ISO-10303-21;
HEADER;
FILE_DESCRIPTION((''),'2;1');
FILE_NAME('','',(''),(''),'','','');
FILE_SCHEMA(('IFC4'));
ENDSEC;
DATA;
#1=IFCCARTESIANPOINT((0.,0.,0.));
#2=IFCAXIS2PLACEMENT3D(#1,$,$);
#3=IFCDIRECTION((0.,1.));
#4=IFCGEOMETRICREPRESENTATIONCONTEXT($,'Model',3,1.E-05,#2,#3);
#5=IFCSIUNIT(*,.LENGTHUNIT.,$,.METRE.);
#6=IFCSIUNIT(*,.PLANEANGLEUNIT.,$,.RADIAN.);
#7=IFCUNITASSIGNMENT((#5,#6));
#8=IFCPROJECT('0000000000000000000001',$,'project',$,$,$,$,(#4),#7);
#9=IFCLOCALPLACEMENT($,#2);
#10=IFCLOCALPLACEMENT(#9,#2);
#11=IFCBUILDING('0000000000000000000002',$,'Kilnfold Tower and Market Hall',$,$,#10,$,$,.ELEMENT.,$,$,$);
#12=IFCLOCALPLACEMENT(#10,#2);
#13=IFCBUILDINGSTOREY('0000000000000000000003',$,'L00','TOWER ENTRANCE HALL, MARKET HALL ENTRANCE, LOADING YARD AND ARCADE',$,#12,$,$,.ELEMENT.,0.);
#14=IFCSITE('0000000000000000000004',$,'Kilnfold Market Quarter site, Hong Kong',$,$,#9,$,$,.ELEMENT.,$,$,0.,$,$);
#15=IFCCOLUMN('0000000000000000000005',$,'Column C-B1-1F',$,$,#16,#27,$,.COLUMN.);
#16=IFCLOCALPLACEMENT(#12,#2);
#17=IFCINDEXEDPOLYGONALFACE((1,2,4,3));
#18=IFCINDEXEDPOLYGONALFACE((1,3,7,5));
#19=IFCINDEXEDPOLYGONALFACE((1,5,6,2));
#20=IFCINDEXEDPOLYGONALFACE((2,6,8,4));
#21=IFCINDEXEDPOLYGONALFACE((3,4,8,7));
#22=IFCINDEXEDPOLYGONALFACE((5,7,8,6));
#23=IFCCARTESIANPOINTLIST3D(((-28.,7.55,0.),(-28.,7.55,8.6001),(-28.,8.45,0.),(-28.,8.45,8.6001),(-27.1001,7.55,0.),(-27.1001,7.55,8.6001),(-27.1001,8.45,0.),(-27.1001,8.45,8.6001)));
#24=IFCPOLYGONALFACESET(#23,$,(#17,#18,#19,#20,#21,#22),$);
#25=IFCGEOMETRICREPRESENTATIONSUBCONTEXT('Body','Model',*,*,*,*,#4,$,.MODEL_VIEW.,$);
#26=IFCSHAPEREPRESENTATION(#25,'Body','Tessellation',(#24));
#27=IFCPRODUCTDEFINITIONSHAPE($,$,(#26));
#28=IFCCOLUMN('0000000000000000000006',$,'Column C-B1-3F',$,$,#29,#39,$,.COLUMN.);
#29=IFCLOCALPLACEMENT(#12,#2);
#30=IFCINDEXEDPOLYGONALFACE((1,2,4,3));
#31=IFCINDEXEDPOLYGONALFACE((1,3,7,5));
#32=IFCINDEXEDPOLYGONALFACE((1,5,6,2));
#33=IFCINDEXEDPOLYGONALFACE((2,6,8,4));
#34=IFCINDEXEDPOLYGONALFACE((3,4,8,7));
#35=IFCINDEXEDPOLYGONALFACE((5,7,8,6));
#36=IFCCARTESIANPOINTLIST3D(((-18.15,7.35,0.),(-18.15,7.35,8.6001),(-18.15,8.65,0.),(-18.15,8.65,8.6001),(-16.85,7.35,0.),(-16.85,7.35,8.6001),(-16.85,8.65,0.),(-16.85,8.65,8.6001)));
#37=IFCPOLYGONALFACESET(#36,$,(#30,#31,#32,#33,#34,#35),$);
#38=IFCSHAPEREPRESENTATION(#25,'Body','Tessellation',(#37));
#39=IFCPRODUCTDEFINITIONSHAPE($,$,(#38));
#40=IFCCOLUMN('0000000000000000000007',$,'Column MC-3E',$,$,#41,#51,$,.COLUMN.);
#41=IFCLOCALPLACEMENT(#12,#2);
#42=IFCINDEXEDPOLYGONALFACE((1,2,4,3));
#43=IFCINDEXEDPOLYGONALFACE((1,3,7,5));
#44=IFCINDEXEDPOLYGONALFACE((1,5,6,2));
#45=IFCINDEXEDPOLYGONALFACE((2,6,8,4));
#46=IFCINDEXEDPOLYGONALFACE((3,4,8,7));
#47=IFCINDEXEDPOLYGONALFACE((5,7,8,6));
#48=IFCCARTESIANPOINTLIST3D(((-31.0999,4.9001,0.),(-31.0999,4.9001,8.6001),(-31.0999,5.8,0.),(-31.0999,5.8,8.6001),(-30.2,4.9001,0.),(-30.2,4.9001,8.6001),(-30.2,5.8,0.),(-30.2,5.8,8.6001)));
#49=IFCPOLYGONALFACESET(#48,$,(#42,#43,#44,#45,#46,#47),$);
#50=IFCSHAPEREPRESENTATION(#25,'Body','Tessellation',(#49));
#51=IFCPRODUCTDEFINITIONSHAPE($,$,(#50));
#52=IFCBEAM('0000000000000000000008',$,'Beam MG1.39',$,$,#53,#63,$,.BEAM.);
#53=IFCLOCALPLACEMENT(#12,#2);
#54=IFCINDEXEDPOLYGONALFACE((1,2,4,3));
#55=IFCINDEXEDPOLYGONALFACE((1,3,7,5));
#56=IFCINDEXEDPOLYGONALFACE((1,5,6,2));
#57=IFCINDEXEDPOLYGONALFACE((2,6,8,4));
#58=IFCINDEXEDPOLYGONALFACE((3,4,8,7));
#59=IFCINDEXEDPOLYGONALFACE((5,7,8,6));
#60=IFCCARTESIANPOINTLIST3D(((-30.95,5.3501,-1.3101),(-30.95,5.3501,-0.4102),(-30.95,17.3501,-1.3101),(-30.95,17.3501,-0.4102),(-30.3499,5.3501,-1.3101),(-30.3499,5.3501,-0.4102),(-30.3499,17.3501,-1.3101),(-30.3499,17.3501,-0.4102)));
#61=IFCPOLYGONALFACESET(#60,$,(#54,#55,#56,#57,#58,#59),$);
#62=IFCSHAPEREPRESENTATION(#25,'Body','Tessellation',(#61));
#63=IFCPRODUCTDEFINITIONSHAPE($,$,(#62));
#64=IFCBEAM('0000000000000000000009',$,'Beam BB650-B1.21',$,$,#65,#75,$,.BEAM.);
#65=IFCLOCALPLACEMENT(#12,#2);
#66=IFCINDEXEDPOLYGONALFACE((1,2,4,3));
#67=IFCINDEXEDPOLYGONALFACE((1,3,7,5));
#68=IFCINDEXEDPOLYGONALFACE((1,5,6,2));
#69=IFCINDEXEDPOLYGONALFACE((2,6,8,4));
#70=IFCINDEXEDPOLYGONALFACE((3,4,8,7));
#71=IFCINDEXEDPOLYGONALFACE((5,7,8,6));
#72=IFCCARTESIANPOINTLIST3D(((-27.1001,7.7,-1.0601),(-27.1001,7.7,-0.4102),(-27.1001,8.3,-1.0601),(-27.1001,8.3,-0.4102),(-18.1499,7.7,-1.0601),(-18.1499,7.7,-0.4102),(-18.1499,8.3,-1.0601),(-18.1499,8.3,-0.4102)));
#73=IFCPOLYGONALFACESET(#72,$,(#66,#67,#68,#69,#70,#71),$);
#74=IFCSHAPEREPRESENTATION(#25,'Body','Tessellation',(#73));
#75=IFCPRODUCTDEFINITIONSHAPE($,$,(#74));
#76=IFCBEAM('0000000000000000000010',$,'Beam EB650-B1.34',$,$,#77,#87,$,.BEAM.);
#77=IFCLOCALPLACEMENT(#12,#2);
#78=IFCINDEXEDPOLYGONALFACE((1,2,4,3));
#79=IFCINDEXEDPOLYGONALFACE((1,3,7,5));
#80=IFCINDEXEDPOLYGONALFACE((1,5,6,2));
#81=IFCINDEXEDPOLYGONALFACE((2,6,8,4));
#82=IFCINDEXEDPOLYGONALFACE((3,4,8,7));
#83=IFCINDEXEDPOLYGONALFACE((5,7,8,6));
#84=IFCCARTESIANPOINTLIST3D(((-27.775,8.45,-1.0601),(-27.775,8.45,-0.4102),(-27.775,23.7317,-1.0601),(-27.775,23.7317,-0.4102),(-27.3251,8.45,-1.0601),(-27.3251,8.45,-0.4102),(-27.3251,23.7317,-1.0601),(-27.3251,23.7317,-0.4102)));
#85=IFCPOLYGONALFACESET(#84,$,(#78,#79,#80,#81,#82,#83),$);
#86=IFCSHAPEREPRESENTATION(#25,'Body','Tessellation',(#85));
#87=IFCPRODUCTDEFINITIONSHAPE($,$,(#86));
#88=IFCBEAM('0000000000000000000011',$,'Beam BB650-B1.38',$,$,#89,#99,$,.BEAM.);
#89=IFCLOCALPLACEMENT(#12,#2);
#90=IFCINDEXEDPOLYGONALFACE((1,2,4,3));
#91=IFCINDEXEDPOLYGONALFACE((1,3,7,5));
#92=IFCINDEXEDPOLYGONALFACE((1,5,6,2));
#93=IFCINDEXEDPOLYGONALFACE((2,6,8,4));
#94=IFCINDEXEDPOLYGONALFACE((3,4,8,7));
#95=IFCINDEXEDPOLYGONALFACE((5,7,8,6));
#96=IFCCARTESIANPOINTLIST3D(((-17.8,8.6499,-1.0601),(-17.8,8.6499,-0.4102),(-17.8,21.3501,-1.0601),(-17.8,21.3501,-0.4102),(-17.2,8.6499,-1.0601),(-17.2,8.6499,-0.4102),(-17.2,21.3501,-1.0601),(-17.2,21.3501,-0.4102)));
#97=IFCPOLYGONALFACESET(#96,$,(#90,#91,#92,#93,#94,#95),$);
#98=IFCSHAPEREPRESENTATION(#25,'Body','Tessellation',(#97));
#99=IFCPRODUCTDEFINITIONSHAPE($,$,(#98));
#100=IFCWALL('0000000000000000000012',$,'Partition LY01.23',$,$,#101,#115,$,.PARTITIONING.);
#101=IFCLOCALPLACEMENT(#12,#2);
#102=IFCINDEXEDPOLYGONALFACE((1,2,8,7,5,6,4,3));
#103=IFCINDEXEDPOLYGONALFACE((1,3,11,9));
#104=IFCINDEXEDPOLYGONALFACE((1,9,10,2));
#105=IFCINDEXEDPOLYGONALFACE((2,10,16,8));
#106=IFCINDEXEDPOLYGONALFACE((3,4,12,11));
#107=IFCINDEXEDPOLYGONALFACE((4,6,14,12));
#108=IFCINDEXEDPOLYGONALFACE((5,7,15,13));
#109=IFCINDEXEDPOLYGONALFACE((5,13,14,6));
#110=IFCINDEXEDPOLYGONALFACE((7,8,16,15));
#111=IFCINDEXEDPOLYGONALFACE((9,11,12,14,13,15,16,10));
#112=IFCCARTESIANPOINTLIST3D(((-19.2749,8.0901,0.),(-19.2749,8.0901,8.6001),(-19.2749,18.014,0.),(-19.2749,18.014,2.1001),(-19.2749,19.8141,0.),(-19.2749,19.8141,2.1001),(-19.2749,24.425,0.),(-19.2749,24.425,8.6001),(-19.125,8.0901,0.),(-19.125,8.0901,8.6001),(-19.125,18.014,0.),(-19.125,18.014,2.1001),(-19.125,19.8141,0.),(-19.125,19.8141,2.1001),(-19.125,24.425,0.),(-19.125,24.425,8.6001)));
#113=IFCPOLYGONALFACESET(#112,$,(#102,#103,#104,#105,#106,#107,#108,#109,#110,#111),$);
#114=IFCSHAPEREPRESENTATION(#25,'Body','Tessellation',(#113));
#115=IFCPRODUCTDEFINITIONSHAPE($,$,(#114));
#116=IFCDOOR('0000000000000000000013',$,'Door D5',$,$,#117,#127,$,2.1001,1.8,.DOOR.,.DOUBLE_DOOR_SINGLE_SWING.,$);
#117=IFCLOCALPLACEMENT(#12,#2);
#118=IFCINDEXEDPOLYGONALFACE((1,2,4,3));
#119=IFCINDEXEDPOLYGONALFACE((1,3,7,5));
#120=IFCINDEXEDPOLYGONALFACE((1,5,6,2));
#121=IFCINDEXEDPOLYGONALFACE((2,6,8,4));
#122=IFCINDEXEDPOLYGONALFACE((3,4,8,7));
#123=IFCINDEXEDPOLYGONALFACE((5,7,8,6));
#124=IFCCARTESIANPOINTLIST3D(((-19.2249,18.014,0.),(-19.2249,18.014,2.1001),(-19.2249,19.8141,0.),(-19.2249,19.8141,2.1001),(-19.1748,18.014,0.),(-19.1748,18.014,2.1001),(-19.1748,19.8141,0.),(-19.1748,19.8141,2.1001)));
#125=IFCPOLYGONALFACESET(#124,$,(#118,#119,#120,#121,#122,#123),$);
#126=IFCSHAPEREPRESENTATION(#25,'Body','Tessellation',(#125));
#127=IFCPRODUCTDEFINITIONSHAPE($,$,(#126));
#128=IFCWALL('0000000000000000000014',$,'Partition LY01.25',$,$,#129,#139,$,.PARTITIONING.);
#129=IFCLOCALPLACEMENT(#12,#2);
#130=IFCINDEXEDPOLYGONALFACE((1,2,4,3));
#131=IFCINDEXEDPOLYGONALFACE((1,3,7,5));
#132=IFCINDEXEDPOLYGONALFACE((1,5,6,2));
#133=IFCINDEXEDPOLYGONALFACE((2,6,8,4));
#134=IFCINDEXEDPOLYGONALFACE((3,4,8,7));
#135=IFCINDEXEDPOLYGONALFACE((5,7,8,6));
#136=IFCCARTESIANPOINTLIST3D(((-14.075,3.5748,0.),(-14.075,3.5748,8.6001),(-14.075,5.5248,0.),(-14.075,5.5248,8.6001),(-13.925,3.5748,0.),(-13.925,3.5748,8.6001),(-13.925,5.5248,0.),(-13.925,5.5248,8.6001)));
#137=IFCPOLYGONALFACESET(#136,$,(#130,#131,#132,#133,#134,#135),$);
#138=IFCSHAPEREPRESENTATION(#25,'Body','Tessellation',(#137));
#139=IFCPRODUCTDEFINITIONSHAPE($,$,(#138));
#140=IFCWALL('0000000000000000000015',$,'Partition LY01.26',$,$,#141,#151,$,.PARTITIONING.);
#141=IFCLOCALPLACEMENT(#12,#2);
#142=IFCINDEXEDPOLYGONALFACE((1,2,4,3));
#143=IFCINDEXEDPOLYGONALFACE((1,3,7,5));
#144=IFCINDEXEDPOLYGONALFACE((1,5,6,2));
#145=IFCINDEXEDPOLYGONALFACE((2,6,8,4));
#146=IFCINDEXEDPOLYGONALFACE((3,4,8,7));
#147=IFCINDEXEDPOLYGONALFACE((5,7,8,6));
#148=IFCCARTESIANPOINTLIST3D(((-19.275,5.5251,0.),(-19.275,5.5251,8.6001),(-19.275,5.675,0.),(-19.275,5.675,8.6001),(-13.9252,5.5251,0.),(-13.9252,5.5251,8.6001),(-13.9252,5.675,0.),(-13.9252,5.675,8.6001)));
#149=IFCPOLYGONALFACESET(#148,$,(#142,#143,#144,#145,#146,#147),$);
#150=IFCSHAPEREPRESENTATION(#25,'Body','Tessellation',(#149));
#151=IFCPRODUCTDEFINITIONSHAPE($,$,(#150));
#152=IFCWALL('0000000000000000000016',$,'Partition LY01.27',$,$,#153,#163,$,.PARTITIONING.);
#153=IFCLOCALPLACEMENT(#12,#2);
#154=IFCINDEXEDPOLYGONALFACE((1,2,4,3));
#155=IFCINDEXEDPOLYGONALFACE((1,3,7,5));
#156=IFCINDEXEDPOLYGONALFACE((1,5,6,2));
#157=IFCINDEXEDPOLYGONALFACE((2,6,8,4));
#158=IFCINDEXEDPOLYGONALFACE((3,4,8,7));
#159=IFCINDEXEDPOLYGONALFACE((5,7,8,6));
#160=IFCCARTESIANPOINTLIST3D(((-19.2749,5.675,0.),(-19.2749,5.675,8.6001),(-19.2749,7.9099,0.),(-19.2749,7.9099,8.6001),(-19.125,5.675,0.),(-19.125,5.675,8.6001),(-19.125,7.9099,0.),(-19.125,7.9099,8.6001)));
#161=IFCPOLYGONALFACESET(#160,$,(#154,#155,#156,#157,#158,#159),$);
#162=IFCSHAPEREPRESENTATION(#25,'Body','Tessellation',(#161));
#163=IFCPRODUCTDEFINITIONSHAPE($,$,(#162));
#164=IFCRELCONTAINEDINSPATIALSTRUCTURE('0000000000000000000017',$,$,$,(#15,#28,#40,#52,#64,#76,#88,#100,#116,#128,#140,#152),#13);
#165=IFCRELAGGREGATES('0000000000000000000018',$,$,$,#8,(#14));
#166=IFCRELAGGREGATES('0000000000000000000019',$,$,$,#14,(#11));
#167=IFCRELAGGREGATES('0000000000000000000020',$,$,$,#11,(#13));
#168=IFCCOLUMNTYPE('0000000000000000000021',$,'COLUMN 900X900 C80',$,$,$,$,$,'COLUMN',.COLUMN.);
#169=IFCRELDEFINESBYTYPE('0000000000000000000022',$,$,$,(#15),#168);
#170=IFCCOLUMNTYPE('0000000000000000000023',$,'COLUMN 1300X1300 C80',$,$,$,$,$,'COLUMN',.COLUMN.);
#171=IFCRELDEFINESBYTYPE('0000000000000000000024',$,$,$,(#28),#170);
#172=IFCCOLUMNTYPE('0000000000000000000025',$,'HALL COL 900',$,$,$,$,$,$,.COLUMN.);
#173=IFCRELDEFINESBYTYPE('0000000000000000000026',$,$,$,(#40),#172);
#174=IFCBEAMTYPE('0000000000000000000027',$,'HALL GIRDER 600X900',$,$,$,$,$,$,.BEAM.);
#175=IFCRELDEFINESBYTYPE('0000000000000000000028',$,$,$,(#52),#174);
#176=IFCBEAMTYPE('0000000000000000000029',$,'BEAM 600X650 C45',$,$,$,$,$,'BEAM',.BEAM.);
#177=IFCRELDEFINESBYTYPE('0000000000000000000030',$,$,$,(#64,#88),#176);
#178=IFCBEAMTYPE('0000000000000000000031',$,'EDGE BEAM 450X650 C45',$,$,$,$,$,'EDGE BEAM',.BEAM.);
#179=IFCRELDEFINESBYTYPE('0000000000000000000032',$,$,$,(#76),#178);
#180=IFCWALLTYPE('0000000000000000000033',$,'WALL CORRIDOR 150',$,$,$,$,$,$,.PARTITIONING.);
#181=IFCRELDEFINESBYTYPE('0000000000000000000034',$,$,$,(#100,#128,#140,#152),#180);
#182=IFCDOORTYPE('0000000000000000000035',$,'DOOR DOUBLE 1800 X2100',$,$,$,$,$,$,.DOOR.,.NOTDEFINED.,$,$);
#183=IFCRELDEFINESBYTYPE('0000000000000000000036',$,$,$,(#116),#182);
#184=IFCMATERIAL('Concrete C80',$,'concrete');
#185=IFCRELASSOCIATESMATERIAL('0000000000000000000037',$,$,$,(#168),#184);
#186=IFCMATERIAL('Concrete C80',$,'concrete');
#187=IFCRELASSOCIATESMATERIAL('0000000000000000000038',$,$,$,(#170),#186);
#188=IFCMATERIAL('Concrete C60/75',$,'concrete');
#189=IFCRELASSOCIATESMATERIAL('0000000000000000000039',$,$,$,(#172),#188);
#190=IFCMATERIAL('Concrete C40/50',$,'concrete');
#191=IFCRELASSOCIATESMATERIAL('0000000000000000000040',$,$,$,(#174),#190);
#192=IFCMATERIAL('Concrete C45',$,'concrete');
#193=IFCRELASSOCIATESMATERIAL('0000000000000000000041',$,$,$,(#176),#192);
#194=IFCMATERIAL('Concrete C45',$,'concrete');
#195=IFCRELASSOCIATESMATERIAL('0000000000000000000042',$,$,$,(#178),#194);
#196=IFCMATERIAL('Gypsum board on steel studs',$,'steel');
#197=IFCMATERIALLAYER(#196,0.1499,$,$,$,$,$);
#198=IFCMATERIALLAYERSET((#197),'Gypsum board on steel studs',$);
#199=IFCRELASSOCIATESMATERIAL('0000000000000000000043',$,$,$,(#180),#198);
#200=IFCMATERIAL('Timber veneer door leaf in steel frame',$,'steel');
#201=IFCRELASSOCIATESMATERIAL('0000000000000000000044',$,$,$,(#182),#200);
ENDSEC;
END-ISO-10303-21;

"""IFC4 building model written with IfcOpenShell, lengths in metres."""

from ifc_helpers import new_model, si_unit, direction, frame, frame_2d, origin, origin_2d, place, context, subcontext, project, spatial, rectangle, extrude, source, transform, mapped, material, layer, layer_set, material_profile, profile_set, type_object, element, fill, save


model = new_model("IFC4")

# Units and contexts
model_context = context("Model", 3, precision=1e-05, world=origin(), true_north=direction((0.0, 1.0)))
body_context = subcontext(model_context, "Body", "Model", "MODEL_VIEW")
ifc_project = project(units=[si_unit("LENGTHUNIT", "METRE"), si_unit("PLANEANGLEUNIT", "RADIAN")], contexts=[model_context])

# Site, building, storey
site_placement = place(None, origin())
site = spatial("IfcSite", under=ifc_project, at=site_placement, Name="Kilnfold Market Quarter site, Hong Kong", CompositionType="ELEMENT", RefElevation=0.0)
building_placement = place(site_placement, origin())
building = spatial("IfcBuilding", under=site, at=building_placement, Name="Kilnfold Tower and Market Hall", CompositionType="ELEMENT")
storey_placement = place(building_placement, origin())
storey = spatial("IfcBuildingStorey", under=building, at=storey_placement, Name="L00", Description="TOWER ENTRANCE HALL, MARKET HALL ENTRANCE, LOADING YARD AND ARCADE", CompositionType="ELEMENT", Elevation=0.0)

# Columns
ifc_material_1 = material(Name="Concrete C80", Category="concrete")
ifc_material_profile_1 = material_profile(ifc_material_1, rectangle(XDim=0.8999, YDim=0.8999, at=origin_2d()), Name="RC 900x900")
ifc_profile_set_1 = profile_set([ifc_material_profile_1], Name="Concrete C80")
column_type_1 = type_object("IfcColumnType", Name="COLUMN 900X900 C80", ElementType="COLUMN", PredefinedType="COLUMN", material=ifc_profile_set_1)
shared_shape_1 = source(origin(), body_context, "Body", "SweptSolid", [
    extrude(rectangle(XDim=0.8999, YDim=0.8999, at=origin_2d()), origin(), (0.0, 0.0, 1.0), 8.6001),
])
column_1_placement = place(storey_placement, frame((-27.55, 8.0, 0.0), z_axis=(0.0, 0.0, 1.0), x_axis=(1.0, 0.0, 0.0)))
element("IfcColumn", 1, at=column_1_placement, inside=storey, type_object=column_type_1, Name="Column C-B1-1F", PredefinedType="COLUMN", context=body_context, shape_type="MappedRepresentation", body=[
    mapped(shared_shape_1, transform((0.0, 0.0, 0.0))),
])
ifc_material_2 = material(Name="Concrete C80", Category="concrete")
ifc_material_profile_2 = material_profile(ifc_material_2, rectangle(XDim=1.3, YDim=1.3, at=origin_2d()), Name="RC 1300x1300")
ifc_profile_set_2 = profile_set([ifc_material_profile_2], Name="Concrete C80")
column_type_2 = type_object("IfcColumnType", Name="COLUMN 1300X1300 C80", ElementType="COLUMN", PredefinedType="COLUMN", material=ifc_profile_set_2)
shared_shape_2 = source(origin(), body_context, "Body", "SweptSolid", [
    extrude(rectangle(XDim=1.3, YDim=1.3, at=origin_2d()), origin(), (0.0, 0.0, 1.0), 8.6001),
])
column_2_placement = place(storey_placement, frame((-17.5, 8.0, 0.0), z_axis=(0.0, 0.0, 1.0), x_axis=(1.0, 0.0, 0.0)))
element("IfcColumn", 2, at=column_2_placement, inside=storey, type_object=column_type_2, Name="Column C-B1-3F", PredefinedType="COLUMN", context=body_context, shape_type="MappedRepresentation", body=[
    mapped(shared_shape_2, transform((0.0, 0.0, 0.0))),
])
ifc_material_3 = material(Name="Concrete C60/75", Category="concrete")
ifc_material_profile_3 = material_profile(ifc_material_3, rectangle(XDim=0.8999, YDim=0.8999, at=origin_2d()), Name="RC 900x900")
ifc_profile_set_3 = profile_set([ifc_material_profile_3], Name="Concrete C60/75")
column_type_3 = type_object("IfcColumnType", Name="HALL COL 900", PredefinedType="COLUMN", material=ifc_profile_set_3)
shared_shape_3 = source(origin(), body_context, "Body", "SweptSolid", [
    extrude(rectangle(XDim=0.8999, YDim=0.8999, at=origin_2d()), origin(), (0.0, 0.0, 1.0), 8.6001),
])
column_3_placement = place(storey_placement, frame((-30.6499, 5.3501, 0.0), z_axis=(0.0, 0.0, 1.0), x_axis=(1.0, 0.0, 0.0)))
element("IfcColumn", 3, at=column_3_placement, inside=storey, type_object=column_type_3, Name="Column MC-3E", PredefinedType="COLUMN", context=body_context, shape_type="MappedRepresentation", body=[
    mapped(shared_shape_3, transform((0.0, 0.0, 0.0))),
])

# Beams
ifc_material_4 = material(Name="Concrete C40/50", Category="concrete")
ifc_material_profile_4 = material_profile(ifc_material_4, rectangle(XDim=0.6001, YDim=0.8999, at=origin_2d()), Name="RC 600x900")
ifc_profile_set_4 = profile_set([ifc_material_profile_4], Name="Concrete C40/50")
beam_type_1 = type_object("IfcBeamType", Name="HALL GIRDER 600X900", PredefinedType="BEAM", material=ifc_profile_set_4)
beam_1_placement = place(storey_placement, frame((-30.6499, 5.3501, -0.8601), z_axis=(0.0, 1.0, 0.0), x_axis=(-1.0, 0.0, 0.0)))
element("IfcBeam", 4, at=beam_1_placement, inside=storey, type_object=beam_type_1, Name="Beam MG1.39", PredefinedType="BEAM", context=body_context, shape_type="SweptSolid", body=[
    extrude(rectangle(XDim=0.6001, YDim=0.8999, at=origin_2d()), origin(), (0.0, 0.0, 1.0), 12.0),
])
ifc_material_5 = material(Name="Concrete C45", Category="concrete")
ifc_material_profile_5 = material_profile(ifc_material_5, rectangle(XDim=0.6001, YDim=0.6499, at=origin_2d()), Name="RC 600x650")
ifc_profile_set_5 = profile_set([ifc_material_profile_5], Name="Concrete C45")
beam_type_2 = type_object("IfcBeamType", Name="BEAM 600X650 C45", ElementType="BEAM", PredefinedType="BEAM", material=ifc_profile_set_5)
shared_shape_4 = source(origin(), body_context, "Body", "SweptSolid", [
    extrude(rectangle(XDim=0.6001, YDim=0.6499, at=origin_2d()), origin(), (0.0, 0.0, 1.0), 8.9502),
])
beam_2_placement = place(storey_placement, frame((-27.1001, 8.0, -0.7351), z_axis=(1.0, 0.0, 0.0), x_axis=(0.0, 1.0, 0.0)))
element("IfcBeam", 5, at=beam_2_placement, inside=storey, type_object=beam_type_2, Name="Beam BB650-B1.21", PredefinedType="BEAM", context=body_context, shape_type="MappedRepresentation", body=[
    mapped(shared_shape_4, transform((0.0, 0.0, 0.0))),
])
ifc_material_6 = material(Name="Concrete C45", Category="concrete")
ifc_material_profile_6 = material_profile(ifc_material_6, rectangle(XDim=0.45, YDim=0.6499, at=origin_2d()), Name="RC 450x650")
ifc_profile_set_6 = profile_set([ifc_material_profile_6], Name="Concrete C45")
beam_type_3 = type_object("IfcBeamType", Name="EDGE BEAM 450X650 C45", ElementType="EDGE BEAM", PredefinedType="BEAM", material=ifc_profile_set_6)
shared_shape_5 = source(origin(), body_context, "Body", "SweptSolid", [
    extrude(rectangle(XDim=0.45, YDim=0.6499, at=origin_2d()), origin(), (0.0, 0.0, 1.0), 15.2817),
])
beam_3_placement = place(storey_placement, frame((-27.55, 8.45, -0.7351), z_axis=(0.0, 1.0, 0.0), x_axis=(-1.0, 0.0, 0.0)))
element("IfcBeam", 6, at=beam_3_placement, inside=storey, type_object=beam_type_3, Name="Beam EB650-B1.34", PredefinedType="BEAM", context=body_context, shape_type="MappedRepresentation", body=[
    mapped(shared_shape_5, transform((0.0, 0.0, 0.0))),
])
shared_shape_6 = source(origin(), body_context, "Body", "SweptSolid", [
    extrude(rectangle(XDim=0.6001, YDim=0.6499, at=origin_2d()), origin(), (0.0, 0.0, 1.0), 12.7002),
])
beam_4_placement = place(storey_placement, frame((-17.5, 8.6499, -0.7351), z_axis=(0.0, 1.0, 0.0), x_axis=(-1.0, 0.0, 0.0)))
element("IfcBeam", 7, at=beam_4_placement, inside=storey, type_object=beam_type_2, Name="Beam BB650-B1.38", PredefinedType="BEAM", context=body_context, shape_type="MappedRepresentation", body=[
    mapped(shared_shape_6, transform((0.0, 0.0, 0.0))),
])

# Wall, opening, door
ifc_material_7 = material(Name="Gypsum board on steel studs", Category="steel")
ifc_layer_1 = layer(ifc_material_7, 0.1499)
ifc_layer_set_1 = layer_set([ifc_layer_1], Name="Gypsum board on steel studs")
wall_type_1 = type_object("IfcWallType", Name="WALL CORRIDOR 150", PredefinedType="PARTITIONING", material=ifc_layer_set_1)
wall_1_placement = place(storey_placement, frame((-19.2, 8.0901, 0.0), z_axis=(0.0, 0.0, 1.0), x_axis=(0.0, 1.0, 0.0)))
wall_1 = element("IfcWall", 8, at=wall_1_placement, inside=storey, type_object=wall_type_1, Name="Partition LY01.23", PredefinedType="PARTITIONING", context=body_context, shape_type="SweptSolid", body=[
    extrude(rectangle(XDim=16.335, YDim=0.1499, at=frame_2d((8.1675, 0.0))), origin(), (0.0, 0.0, 1.0), 8.6001),
])
opening_1_placement = place(wall_1_placement, frame((9.9241, 0.0, 0.0)))
opening_1 = element("IfcOpeningElement", 9, at=opening_1_placement, cuts=wall_1, PredefinedType="OPENING", context=body_context, shape_type="SweptSolid", body=[
    extrude(rectangle(XDim=1.8, YDim=2.1001, at=frame_2d((0.8999, 1.05))), frame((0.0, 0.085, 0.0), z_axis=(0.0, -1.0, 0.0), x_axis=(1.0, 0.0, 0.0)), (0.0, 0.0, 1.0), 0.1699),
])
ifc_material_8 = material(Name="Timber veneer door leaf in steel frame", Category="steel")
door_type_1 = type_object("IfcDoorType", Name="DOOR DOUBLE 1800 X2100", OperationType="NOTDEFINED", PredefinedType="DOOR", material=ifc_material_8)
door_1_placement = place(opening_1_placement, origin())
door_1 = element("IfcDoor", 10, at=door_1_placement, inside=storey, type_object=door_type_1, Name="Door D5", OperationType="DOUBLE_DOOR_SINGLE_SWING", OverallHeight=2.1001, OverallWidth=1.8, PredefinedType="DOOR", context=body_context, shape_type="SweptSolid", body=[
    extrude(rectangle(XDim=1.8, YDim=2.1001, at=frame_2d((0.8999, 1.05))), frame((0.0, 0.0249, 0.0), z_axis=(0.0, -1.0, 0.0), x_axis=(1.0, 0.0, 0.0)), (0.0, 0.0, 1.0), 0.05),
])
fill(opening_1, door_1)

# Walls
wall_2_placement = place(storey_placement, frame((-14.0, 5.5249, 0.0), z_axis=(0.0, 0.0, 1.0), x_axis=(0.0, -1.0, 0.0)))
element("IfcWall", 11, at=wall_2_placement, inside=storey, type_object=wall_type_1, Name="Partition LY01.25", PredefinedType="PARTITIONING", context=body_context, shape_type="SweptSolid", body=[
    extrude(rectangle(XDim=1.95, YDim=0.1499, at=frame_2d((0.9751, 0.0))), origin(), (0.0, 0.0, 1.0), 8.6001),
])
wall_3_placement = place(storey_placement, frame((-19.2749, 5.6001, 0.0), z_axis=(0.0, 0.0, 1.0), x_axis=(1.0, 0.0, 0.0)))
element("IfcWall", 12, at=wall_3_placement, inside=storey, type_object=wall_type_1, Name="Partition LY01.26", PredefinedType="PARTITIONING", context=body_context, shape_type="SweptSolid", body=[
    extrude(rectangle(XDim=5.3499, YDim=0.1499, at=frame_2d((2.6748, 0.0))), origin(), (0.0, 0.0, 1.0), 8.6001),
])
wall_4_placement = place(storey_placement, frame((-19.2, 5.675, 0.0), z_axis=(0.0, 0.0, 1.0), x_axis=(0.0, 1.0, 0.0)))
element("IfcWall", 13, at=wall_4_placement, inside=storey, type_object=wall_type_1, Name="Partition LY01.27", PredefinedType="PARTITIONING", context=body_context, shape_type="SweptSolid", body=[
    extrude(rectangle(XDim=2.2349, YDim=0.1499, at=frame_2d((1.1174, 0.0))), origin(), (0.0, 0.0, 1.0), 8.6001),
])

save(model, "model.ifc")
